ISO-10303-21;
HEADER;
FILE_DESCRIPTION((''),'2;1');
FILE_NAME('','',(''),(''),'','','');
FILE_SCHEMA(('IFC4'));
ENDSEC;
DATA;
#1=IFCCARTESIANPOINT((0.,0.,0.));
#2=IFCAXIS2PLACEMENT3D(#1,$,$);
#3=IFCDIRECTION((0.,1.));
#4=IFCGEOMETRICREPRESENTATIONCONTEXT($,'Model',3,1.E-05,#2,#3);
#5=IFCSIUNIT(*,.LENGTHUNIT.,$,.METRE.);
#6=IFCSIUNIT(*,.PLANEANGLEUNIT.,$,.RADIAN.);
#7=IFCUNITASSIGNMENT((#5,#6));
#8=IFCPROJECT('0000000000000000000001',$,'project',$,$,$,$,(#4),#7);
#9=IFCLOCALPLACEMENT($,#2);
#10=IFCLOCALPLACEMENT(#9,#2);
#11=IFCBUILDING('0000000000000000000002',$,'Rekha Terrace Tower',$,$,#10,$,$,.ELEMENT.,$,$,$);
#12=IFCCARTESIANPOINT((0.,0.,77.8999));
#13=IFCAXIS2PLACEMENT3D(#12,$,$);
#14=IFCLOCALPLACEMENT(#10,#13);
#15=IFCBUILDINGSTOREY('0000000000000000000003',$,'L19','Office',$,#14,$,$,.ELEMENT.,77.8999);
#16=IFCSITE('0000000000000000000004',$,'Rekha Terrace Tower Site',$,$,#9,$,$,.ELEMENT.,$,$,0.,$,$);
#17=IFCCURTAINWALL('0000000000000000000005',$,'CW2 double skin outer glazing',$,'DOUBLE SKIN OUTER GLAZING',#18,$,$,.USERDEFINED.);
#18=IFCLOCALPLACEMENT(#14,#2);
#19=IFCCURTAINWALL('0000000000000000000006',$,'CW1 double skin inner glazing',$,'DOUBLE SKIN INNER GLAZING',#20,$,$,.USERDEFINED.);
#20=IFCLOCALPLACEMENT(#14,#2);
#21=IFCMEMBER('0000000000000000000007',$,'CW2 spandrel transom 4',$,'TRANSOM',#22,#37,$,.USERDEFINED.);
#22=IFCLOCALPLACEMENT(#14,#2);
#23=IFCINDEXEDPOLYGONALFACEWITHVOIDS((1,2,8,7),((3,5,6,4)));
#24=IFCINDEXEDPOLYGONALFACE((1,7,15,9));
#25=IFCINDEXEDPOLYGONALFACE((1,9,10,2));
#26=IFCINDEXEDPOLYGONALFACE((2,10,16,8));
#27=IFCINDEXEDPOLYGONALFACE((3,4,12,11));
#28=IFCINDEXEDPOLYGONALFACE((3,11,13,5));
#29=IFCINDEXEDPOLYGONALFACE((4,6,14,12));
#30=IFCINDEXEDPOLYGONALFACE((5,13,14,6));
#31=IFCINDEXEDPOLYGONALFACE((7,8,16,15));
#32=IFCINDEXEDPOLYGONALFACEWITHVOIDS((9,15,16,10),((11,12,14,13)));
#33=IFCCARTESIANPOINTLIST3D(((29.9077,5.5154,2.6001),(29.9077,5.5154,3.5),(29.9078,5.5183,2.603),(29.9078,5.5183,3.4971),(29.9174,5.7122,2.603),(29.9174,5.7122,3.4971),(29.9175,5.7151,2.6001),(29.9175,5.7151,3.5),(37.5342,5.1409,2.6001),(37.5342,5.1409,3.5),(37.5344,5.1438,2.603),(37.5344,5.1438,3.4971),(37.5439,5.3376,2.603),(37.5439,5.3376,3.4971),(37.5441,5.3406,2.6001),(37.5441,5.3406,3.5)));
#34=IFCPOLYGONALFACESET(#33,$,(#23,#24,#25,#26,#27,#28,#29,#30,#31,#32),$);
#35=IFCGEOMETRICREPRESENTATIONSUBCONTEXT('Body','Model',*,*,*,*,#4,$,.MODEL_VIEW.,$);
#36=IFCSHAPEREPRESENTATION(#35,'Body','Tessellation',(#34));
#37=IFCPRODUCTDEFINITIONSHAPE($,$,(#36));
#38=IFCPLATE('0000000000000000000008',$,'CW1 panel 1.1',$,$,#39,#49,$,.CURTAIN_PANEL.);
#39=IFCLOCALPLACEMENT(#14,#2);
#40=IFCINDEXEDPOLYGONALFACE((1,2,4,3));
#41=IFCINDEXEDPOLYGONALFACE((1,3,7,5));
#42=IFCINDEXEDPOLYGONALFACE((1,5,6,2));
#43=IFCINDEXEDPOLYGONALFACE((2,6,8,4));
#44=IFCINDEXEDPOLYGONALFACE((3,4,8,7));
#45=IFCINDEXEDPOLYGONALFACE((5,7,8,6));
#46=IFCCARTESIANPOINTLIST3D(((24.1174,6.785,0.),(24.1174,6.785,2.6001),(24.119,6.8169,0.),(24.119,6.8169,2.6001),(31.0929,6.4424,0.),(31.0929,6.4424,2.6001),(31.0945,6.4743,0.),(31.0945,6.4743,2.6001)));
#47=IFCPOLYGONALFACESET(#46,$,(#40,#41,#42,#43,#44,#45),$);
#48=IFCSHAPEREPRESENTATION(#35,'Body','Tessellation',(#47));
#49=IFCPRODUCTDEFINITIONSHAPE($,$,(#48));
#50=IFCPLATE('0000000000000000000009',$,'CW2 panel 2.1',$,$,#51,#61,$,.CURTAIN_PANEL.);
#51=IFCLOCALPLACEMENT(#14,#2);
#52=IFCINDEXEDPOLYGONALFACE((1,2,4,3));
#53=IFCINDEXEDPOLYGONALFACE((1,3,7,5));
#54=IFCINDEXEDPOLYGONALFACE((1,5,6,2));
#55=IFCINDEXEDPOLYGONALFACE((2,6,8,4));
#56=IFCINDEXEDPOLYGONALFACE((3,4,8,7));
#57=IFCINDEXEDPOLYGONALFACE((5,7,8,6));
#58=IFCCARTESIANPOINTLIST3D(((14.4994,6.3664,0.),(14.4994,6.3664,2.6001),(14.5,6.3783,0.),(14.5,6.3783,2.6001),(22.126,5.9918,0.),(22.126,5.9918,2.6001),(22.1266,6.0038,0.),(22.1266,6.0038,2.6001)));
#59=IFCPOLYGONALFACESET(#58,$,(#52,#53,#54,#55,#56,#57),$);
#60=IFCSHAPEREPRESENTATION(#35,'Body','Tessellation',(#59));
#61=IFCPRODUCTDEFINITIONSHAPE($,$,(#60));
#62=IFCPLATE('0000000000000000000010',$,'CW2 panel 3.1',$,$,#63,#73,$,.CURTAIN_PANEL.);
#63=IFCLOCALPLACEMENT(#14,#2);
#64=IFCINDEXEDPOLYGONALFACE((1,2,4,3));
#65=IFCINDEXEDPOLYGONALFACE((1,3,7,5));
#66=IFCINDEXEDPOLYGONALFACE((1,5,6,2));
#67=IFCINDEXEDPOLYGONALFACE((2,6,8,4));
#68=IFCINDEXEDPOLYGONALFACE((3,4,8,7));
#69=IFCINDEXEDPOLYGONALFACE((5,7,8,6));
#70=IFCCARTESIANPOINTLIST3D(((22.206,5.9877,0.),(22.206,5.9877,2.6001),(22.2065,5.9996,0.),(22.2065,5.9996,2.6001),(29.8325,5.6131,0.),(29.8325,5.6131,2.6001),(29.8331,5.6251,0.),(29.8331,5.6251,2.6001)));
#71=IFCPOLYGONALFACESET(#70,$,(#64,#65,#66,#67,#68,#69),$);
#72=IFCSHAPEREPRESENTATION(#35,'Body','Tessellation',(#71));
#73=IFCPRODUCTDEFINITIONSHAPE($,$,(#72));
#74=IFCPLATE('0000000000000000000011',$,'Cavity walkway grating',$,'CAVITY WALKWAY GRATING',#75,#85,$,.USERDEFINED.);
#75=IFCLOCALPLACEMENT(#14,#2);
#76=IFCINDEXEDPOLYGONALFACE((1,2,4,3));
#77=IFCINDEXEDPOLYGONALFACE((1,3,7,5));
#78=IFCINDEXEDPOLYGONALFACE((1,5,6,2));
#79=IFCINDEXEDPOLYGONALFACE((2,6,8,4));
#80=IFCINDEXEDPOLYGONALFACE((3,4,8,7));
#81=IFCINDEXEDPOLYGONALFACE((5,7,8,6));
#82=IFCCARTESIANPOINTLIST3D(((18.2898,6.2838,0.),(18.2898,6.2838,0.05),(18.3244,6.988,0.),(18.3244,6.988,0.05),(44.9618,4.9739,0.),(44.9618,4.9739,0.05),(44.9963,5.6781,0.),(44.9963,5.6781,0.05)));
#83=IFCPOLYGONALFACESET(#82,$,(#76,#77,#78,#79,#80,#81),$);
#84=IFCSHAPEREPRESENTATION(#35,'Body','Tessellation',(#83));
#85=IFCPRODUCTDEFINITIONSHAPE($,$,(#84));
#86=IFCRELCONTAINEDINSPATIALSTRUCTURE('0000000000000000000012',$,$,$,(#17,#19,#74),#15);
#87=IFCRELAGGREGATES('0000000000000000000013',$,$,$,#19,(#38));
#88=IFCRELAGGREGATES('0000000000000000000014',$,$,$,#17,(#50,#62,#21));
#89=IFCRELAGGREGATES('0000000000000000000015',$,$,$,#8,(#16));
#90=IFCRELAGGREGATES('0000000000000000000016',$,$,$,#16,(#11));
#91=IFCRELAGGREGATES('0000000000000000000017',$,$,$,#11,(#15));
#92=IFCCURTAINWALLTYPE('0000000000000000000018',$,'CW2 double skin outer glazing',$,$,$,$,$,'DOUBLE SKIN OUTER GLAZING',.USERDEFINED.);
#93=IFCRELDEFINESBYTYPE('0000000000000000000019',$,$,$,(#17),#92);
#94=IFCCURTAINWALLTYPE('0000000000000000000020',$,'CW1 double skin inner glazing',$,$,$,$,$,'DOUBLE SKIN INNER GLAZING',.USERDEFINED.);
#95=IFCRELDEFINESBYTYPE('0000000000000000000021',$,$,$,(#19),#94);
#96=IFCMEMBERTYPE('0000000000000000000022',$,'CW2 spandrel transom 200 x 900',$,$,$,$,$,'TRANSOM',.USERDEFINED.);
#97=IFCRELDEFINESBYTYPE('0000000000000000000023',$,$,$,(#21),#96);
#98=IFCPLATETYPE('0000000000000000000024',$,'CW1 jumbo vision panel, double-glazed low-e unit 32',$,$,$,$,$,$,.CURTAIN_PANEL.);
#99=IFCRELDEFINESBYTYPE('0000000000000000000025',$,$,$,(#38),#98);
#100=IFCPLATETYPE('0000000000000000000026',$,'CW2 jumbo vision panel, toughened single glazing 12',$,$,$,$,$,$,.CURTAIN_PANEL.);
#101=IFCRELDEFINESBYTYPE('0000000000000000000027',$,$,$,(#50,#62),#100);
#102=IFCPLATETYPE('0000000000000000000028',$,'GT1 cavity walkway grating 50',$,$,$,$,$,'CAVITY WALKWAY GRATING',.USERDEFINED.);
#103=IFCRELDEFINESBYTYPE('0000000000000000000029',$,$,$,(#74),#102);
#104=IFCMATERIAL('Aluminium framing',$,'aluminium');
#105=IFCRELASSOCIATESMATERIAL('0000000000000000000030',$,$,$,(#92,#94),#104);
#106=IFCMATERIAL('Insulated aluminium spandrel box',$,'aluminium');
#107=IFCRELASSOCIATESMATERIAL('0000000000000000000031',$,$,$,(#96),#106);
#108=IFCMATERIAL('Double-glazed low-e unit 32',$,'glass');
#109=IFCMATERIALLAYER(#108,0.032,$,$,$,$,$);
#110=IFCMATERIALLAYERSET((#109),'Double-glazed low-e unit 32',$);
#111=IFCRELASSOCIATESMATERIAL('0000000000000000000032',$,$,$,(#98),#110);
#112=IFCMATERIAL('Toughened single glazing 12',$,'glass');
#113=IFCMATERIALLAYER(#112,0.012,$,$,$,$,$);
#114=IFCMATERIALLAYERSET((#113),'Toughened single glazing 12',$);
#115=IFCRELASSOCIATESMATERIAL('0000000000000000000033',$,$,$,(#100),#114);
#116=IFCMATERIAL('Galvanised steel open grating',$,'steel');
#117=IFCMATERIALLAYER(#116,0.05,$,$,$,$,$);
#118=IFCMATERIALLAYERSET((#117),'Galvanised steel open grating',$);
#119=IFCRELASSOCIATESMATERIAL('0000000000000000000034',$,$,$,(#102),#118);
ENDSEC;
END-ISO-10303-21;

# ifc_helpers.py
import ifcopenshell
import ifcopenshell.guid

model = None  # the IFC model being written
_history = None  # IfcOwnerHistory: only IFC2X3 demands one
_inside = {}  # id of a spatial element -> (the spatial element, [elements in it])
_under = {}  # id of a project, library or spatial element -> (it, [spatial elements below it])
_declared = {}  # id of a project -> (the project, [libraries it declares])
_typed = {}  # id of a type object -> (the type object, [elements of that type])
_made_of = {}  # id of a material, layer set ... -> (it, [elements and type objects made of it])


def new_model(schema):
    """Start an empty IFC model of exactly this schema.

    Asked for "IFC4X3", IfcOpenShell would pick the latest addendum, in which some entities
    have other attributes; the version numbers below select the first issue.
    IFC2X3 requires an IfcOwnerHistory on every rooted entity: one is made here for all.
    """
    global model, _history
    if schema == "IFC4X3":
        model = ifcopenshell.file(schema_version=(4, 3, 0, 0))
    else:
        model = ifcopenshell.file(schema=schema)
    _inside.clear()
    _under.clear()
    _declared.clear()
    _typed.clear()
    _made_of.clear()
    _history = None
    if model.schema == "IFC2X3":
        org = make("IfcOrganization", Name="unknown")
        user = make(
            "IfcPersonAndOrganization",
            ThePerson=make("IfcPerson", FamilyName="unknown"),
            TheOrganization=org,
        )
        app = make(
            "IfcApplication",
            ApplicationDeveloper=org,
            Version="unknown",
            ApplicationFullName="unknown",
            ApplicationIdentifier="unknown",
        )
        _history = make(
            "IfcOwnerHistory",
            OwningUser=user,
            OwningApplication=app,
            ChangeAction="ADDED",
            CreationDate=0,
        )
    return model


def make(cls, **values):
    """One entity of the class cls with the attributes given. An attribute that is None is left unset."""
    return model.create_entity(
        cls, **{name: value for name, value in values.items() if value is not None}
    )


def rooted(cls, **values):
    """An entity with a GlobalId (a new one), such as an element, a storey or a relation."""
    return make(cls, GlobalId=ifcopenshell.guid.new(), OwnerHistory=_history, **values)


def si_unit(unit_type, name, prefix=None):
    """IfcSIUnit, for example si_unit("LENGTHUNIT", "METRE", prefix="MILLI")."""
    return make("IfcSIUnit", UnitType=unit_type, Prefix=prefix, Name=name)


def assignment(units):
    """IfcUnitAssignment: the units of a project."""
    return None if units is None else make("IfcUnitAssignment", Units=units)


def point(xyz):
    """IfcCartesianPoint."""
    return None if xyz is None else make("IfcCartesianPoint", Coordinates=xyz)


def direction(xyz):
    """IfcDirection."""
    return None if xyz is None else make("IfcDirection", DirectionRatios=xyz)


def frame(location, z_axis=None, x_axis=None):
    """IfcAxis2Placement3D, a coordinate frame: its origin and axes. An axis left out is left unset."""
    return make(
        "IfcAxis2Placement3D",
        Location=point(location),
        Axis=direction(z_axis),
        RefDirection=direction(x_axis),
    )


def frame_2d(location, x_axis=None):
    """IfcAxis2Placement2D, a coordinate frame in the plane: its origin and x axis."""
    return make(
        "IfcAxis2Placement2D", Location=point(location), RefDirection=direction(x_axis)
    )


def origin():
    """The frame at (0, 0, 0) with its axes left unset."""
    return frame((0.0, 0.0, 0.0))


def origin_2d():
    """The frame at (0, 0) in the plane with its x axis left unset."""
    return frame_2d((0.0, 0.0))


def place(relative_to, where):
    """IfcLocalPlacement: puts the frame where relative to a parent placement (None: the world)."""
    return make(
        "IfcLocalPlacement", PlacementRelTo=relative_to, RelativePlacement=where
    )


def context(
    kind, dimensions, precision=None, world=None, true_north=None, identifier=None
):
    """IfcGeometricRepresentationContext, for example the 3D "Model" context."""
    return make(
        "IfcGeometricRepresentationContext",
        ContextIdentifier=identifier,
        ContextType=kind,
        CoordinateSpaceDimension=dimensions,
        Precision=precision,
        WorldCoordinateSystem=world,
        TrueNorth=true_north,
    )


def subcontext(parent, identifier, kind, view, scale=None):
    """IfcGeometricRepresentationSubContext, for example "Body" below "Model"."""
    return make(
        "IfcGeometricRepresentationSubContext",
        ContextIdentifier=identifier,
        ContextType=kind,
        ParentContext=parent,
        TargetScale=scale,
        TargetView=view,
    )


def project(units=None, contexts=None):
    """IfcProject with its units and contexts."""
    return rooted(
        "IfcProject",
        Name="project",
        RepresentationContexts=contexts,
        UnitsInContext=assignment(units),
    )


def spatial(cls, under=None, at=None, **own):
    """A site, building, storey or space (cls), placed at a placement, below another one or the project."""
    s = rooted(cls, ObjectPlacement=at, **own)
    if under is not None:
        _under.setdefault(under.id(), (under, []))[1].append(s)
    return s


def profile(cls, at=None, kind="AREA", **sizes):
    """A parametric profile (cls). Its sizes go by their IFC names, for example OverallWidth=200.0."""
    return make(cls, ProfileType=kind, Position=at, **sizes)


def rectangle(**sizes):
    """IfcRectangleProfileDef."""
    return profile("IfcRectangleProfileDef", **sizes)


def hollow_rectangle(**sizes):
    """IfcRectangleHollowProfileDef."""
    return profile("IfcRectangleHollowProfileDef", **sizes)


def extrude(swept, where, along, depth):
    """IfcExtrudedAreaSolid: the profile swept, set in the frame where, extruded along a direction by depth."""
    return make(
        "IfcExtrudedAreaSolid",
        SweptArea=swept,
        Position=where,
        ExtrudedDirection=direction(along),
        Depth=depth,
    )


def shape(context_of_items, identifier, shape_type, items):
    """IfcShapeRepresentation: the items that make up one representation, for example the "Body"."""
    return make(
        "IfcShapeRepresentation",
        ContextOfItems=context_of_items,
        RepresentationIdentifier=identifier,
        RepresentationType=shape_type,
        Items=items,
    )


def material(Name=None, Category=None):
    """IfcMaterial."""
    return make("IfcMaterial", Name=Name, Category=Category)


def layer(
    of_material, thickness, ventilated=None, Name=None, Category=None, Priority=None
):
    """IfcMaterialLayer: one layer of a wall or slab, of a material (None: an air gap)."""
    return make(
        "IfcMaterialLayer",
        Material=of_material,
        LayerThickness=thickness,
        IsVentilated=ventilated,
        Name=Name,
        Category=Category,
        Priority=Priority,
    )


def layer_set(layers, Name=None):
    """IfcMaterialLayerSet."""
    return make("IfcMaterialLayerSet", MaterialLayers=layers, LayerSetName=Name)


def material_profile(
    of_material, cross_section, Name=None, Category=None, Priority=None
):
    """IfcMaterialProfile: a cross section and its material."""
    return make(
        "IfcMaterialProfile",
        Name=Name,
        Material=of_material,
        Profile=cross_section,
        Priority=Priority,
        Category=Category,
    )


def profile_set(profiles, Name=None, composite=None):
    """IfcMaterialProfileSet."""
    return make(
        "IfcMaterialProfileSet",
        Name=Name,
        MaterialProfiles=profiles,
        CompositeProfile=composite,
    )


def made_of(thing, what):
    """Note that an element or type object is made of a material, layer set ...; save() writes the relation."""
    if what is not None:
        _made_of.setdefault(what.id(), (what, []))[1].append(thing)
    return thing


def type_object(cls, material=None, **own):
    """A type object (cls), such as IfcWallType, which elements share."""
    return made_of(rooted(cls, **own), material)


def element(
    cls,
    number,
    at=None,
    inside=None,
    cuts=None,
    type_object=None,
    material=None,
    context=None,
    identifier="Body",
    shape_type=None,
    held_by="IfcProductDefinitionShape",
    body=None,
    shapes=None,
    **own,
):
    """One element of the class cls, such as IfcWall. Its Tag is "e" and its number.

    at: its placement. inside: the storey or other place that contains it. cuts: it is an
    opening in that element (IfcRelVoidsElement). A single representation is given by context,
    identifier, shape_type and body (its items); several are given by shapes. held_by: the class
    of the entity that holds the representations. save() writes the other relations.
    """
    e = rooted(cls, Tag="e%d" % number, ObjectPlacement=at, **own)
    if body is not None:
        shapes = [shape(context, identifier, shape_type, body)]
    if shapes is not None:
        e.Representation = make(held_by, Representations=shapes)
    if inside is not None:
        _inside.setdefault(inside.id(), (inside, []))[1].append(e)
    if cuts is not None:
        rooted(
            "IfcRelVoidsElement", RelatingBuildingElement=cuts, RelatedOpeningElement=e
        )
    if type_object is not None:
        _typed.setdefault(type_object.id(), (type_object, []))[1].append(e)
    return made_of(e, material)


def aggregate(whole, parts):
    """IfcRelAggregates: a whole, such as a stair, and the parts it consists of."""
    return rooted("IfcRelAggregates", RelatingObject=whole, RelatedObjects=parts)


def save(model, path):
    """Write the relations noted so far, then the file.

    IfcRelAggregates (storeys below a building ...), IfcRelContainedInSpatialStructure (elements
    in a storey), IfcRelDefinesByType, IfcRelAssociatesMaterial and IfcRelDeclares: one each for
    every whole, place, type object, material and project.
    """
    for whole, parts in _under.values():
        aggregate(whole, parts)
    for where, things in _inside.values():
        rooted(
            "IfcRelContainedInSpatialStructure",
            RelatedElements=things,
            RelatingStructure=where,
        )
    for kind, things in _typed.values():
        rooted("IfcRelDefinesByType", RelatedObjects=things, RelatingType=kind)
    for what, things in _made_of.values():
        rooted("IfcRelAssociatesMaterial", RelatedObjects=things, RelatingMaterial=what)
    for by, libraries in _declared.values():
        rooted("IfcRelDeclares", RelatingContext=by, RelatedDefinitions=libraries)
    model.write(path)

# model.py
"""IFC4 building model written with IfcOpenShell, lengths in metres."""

from ifc_helpers import new_model, si_unit, direction, frame, origin, origin_2d, place, context, subcontext, project, spatial, rectangle, hollow_rectangle, extrude, material, layer, layer_set, material_profile, profile_set, type_object, element, aggregate, save


model = new_model("IFC4")

# Units and contexts
model_context = context("Model", 3, precision=1e-05, world=origin(), true_north=direction((0.0, 1.0)))
body_context = subcontext(model_context, "Body", "Model", "MODEL_VIEW")
ifc_project = project(units=[si_unit("LENGTHUNIT", "METRE"), si_unit("PLANEANGLEUNIT", "RADIAN")], contexts=[model_context])

# Site, building, storey
site_placement = place(None, origin())
site = spatial("IfcSite", under=ifc_project, at=site_placement, Name="Rekha Terrace Tower Site", CompositionType="ELEMENT", RefElevation=0.0)
building_placement = place(site_placement, origin())
building = spatial("IfcBuilding", under=site, at=building_placement, Name="Rekha Terrace Tower", CompositionType="ELEMENT")
storey_placement = place(building_placement, frame((0.0, 0.0, 77.8999)))
storey = spatial("IfcBuildingStorey", under=building, at=storey_placement, Name="L19", Description="Office", CompositionType="ELEMENT", Elevation=77.8999)

# Curtain wall
ifc_material_1 = material(Name="Aluminium framing", Category="aluminium")
curtain_wall_type_1 = type_object("IfcCurtainWallType", Name="CW2 double skin outer glazing", ElementType="DOUBLE SKIN OUTER GLAZING", PredefinedType="USERDEFINED", material=ifc_material_1)
curtain_wall_1_placement = place(storey_placement, origin())
curtain_wall_1 = element("IfcCurtainWall", 1, at=curtain_wall_1_placement, inside=storey, type_object=curtain_wall_type_1, Name="CW2 double skin outer glazing", ObjectType="DOUBLE SKIN OUTER GLAZING", PredefinedType="USERDEFINED")

# Shared definitions
curtain_wall_type_2 = type_object("IfcCurtainWallType", Name="CW1 double skin inner glazing", ElementType="DOUBLE SKIN INNER GLAZING", PredefinedType="USERDEFINED", material=ifc_material_1)

# Curtain wall
curtain_wall_2_placement = place(storey_placement, origin())
curtain_wall_2 = element("IfcCurtainWall", 2, at=curtain_wall_2_placement, inside=storey, type_object=curtain_wall_type_2, Name="CW1 double skin inner glazing", ObjectType="DOUBLE SKIN INNER GLAZING", PredefinedType="USERDEFINED")
ifc_material_2 = material(Name="Insulated aluminium spandrel box", Category="aluminium")

# Member
ifc_material_profile_1 = material_profile(ifc_material_2, hollow_rectangle(XDim=0.2, YDim=0.8999, WallThickness=0.0029, at=origin_2d()), Name="AL SPANDREL BOX 200x900")
ifc_profile_set_1 = profile_set([ifc_material_profile_1], Name="Insulated aluminium spandrel box")
member_type_1 = type_object("IfcMemberType", Name="CW2 spandrel transom 200 x 900", ElementType="TRANSOM", PredefinedType="USERDEFINED", material=ifc_profile_set_1)
member_1_placement = place(storey_placement, frame((29.9126, 5.6152, 3.05), z_axis=(0.998796, -0.049048, 0.0), x_axis=(0.049048, 0.998796, 0.0)))
member_1 = element("IfcMember", 3, at=member_1_placement, type_object=member_type_1, Name="CW2 spandrel transom 4", ObjectType="TRANSOM", PredefinedType="USERDEFINED", context=body_context, shape_type="SweptSolid", body=[
    extrude(hollow_rectangle(XDim=0.2, YDim=0.8999, WallThickness=0.0029, at=origin_2d()), origin(), (0.0, 0.0, 1.0), 7.6357),
])

# Plates
ifc_material_3 = material(Name="Double-glazed low-e unit 32", Category="glass")
ifc_layer_1 = layer(ifc_material_3, 0.032)
ifc_layer_set_1 = layer_set([ifc_layer_1], Name="Double-glazed low-e unit 32")
plate_type_1 = type_object("IfcPlateType", Name="CW1 jumbo vision panel, double-glazed low-e unit 32", PredefinedType="CURTAIN_PANEL", material=ifc_layer_set_1)
plate_1_placement = place(storey_placement, frame((27.606, 6.6296, 0.0), z_axis=(0.0, 0.0, 1.0), x_axis=(0.998796, -0.049052, 0.0)))
plate_1 = element("IfcPlate", 4, at=plate_1_placement, type_object=plate_type_1, Name="CW1 panel 1.1", PredefinedType="CURTAIN_PANEL", context=body_context, shape_type="SweptSolid", body=[
    extrude(rectangle(XDim=6.9839, YDim=0.032, at=origin_2d()), origin(), (0.0, 0.0, 1.0), 2.6001),
])
aggregate(curtain_wall_2, [plate_1])
ifc_material_4 = material(Name="Toughened single glazing 12", Category="glass")
ifc_layer_2 = layer(ifc_material_4, 0.012)
ifc_layer_set_2 = layer_set([ifc_layer_2], Name="Toughened single glazing 12")
plate_type_2 = type_object("IfcPlateType", Name="CW2 jumbo vision panel, toughened single glazing 12", PredefinedType="CURTAIN_PANEL", material=ifc_layer_set_2)
plate_2_placement = place(storey_placement, frame((18.313, 6.1851, 0.0), z_axis=(0.0, 0.0, 1.0), x_axis=(0.998796, -0.049052, 0.0)))
plate_2 = element("IfcPlate", 5, at=plate_2_placement, type_object=plate_type_2, Name="CW2 panel 2.1", PredefinedType="CURTAIN_PANEL", context=body_context, shape_type="SweptSolid", body=[
    extrude(rectangle(XDim=7.6357, YDim=0.012, at=origin_2d()), origin(), (0.0, 0.0, 1.0), 2.6001),
])
plate_3_placement = place(storey_placement, frame((26.0195, 5.8064, 0.0), z_axis=(0.0, 0.0, 1.0), x_axis=(0.998796, -0.049052, 0.0)))
plate_3 = element("IfcPlate", 6, at=plate_3_placement, type_object=plate_type_2, Name="CW2 panel 3.1", PredefinedType="CURTAIN_PANEL", context=body_context, shape_type="SweptSolid", body=[
    extrude(rectangle(XDim=7.6357, YDim=0.012, at=origin_2d()), origin(), (0.0, 0.0, 1.0), 2.6001),
])
aggregate(curtain_wall_1, [plate_2, plate_3, member_1])
ifc_material_5 = material(Name="Galvanised steel open grating", Category="steel")
ifc_layer_3 = layer(ifc_material_5, 0.05)
ifc_layer_set_3 = layer_set([ifc_layer_3], Name="Galvanised steel open grating")
plate_type_3 = type_object("IfcPlateType", Name="GT1 cavity walkway grating 50", ElementType="CAVITY WALKWAY GRATING", PredefinedType="USERDEFINED", material=ifc_layer_set_3)
plate_4_placement = place(storey_placement, frame((31.6431, 5.981, 0.0), z_axis=(0.0, 0.0, 1.0), x_axis=(0.998796, -0.049052, 0.0)))
element("IfcPlate", 7, at=plate_4_placement, inside=storey, type_object=plate_type_3, Name="Cavity walkway grating", ObjectType="CAVITY WALKWAY GRATING", PredefinedType="USERDEFINED", context=body_context, shape_type="SweptSolid", body=[
    extrude(rectangle(XDim=26.7041, YDim=0.7051, at=origin_2d()), origin(), (0.0, 0.0, 1.0), 0.05),
])

save(model, "model.ifc")
